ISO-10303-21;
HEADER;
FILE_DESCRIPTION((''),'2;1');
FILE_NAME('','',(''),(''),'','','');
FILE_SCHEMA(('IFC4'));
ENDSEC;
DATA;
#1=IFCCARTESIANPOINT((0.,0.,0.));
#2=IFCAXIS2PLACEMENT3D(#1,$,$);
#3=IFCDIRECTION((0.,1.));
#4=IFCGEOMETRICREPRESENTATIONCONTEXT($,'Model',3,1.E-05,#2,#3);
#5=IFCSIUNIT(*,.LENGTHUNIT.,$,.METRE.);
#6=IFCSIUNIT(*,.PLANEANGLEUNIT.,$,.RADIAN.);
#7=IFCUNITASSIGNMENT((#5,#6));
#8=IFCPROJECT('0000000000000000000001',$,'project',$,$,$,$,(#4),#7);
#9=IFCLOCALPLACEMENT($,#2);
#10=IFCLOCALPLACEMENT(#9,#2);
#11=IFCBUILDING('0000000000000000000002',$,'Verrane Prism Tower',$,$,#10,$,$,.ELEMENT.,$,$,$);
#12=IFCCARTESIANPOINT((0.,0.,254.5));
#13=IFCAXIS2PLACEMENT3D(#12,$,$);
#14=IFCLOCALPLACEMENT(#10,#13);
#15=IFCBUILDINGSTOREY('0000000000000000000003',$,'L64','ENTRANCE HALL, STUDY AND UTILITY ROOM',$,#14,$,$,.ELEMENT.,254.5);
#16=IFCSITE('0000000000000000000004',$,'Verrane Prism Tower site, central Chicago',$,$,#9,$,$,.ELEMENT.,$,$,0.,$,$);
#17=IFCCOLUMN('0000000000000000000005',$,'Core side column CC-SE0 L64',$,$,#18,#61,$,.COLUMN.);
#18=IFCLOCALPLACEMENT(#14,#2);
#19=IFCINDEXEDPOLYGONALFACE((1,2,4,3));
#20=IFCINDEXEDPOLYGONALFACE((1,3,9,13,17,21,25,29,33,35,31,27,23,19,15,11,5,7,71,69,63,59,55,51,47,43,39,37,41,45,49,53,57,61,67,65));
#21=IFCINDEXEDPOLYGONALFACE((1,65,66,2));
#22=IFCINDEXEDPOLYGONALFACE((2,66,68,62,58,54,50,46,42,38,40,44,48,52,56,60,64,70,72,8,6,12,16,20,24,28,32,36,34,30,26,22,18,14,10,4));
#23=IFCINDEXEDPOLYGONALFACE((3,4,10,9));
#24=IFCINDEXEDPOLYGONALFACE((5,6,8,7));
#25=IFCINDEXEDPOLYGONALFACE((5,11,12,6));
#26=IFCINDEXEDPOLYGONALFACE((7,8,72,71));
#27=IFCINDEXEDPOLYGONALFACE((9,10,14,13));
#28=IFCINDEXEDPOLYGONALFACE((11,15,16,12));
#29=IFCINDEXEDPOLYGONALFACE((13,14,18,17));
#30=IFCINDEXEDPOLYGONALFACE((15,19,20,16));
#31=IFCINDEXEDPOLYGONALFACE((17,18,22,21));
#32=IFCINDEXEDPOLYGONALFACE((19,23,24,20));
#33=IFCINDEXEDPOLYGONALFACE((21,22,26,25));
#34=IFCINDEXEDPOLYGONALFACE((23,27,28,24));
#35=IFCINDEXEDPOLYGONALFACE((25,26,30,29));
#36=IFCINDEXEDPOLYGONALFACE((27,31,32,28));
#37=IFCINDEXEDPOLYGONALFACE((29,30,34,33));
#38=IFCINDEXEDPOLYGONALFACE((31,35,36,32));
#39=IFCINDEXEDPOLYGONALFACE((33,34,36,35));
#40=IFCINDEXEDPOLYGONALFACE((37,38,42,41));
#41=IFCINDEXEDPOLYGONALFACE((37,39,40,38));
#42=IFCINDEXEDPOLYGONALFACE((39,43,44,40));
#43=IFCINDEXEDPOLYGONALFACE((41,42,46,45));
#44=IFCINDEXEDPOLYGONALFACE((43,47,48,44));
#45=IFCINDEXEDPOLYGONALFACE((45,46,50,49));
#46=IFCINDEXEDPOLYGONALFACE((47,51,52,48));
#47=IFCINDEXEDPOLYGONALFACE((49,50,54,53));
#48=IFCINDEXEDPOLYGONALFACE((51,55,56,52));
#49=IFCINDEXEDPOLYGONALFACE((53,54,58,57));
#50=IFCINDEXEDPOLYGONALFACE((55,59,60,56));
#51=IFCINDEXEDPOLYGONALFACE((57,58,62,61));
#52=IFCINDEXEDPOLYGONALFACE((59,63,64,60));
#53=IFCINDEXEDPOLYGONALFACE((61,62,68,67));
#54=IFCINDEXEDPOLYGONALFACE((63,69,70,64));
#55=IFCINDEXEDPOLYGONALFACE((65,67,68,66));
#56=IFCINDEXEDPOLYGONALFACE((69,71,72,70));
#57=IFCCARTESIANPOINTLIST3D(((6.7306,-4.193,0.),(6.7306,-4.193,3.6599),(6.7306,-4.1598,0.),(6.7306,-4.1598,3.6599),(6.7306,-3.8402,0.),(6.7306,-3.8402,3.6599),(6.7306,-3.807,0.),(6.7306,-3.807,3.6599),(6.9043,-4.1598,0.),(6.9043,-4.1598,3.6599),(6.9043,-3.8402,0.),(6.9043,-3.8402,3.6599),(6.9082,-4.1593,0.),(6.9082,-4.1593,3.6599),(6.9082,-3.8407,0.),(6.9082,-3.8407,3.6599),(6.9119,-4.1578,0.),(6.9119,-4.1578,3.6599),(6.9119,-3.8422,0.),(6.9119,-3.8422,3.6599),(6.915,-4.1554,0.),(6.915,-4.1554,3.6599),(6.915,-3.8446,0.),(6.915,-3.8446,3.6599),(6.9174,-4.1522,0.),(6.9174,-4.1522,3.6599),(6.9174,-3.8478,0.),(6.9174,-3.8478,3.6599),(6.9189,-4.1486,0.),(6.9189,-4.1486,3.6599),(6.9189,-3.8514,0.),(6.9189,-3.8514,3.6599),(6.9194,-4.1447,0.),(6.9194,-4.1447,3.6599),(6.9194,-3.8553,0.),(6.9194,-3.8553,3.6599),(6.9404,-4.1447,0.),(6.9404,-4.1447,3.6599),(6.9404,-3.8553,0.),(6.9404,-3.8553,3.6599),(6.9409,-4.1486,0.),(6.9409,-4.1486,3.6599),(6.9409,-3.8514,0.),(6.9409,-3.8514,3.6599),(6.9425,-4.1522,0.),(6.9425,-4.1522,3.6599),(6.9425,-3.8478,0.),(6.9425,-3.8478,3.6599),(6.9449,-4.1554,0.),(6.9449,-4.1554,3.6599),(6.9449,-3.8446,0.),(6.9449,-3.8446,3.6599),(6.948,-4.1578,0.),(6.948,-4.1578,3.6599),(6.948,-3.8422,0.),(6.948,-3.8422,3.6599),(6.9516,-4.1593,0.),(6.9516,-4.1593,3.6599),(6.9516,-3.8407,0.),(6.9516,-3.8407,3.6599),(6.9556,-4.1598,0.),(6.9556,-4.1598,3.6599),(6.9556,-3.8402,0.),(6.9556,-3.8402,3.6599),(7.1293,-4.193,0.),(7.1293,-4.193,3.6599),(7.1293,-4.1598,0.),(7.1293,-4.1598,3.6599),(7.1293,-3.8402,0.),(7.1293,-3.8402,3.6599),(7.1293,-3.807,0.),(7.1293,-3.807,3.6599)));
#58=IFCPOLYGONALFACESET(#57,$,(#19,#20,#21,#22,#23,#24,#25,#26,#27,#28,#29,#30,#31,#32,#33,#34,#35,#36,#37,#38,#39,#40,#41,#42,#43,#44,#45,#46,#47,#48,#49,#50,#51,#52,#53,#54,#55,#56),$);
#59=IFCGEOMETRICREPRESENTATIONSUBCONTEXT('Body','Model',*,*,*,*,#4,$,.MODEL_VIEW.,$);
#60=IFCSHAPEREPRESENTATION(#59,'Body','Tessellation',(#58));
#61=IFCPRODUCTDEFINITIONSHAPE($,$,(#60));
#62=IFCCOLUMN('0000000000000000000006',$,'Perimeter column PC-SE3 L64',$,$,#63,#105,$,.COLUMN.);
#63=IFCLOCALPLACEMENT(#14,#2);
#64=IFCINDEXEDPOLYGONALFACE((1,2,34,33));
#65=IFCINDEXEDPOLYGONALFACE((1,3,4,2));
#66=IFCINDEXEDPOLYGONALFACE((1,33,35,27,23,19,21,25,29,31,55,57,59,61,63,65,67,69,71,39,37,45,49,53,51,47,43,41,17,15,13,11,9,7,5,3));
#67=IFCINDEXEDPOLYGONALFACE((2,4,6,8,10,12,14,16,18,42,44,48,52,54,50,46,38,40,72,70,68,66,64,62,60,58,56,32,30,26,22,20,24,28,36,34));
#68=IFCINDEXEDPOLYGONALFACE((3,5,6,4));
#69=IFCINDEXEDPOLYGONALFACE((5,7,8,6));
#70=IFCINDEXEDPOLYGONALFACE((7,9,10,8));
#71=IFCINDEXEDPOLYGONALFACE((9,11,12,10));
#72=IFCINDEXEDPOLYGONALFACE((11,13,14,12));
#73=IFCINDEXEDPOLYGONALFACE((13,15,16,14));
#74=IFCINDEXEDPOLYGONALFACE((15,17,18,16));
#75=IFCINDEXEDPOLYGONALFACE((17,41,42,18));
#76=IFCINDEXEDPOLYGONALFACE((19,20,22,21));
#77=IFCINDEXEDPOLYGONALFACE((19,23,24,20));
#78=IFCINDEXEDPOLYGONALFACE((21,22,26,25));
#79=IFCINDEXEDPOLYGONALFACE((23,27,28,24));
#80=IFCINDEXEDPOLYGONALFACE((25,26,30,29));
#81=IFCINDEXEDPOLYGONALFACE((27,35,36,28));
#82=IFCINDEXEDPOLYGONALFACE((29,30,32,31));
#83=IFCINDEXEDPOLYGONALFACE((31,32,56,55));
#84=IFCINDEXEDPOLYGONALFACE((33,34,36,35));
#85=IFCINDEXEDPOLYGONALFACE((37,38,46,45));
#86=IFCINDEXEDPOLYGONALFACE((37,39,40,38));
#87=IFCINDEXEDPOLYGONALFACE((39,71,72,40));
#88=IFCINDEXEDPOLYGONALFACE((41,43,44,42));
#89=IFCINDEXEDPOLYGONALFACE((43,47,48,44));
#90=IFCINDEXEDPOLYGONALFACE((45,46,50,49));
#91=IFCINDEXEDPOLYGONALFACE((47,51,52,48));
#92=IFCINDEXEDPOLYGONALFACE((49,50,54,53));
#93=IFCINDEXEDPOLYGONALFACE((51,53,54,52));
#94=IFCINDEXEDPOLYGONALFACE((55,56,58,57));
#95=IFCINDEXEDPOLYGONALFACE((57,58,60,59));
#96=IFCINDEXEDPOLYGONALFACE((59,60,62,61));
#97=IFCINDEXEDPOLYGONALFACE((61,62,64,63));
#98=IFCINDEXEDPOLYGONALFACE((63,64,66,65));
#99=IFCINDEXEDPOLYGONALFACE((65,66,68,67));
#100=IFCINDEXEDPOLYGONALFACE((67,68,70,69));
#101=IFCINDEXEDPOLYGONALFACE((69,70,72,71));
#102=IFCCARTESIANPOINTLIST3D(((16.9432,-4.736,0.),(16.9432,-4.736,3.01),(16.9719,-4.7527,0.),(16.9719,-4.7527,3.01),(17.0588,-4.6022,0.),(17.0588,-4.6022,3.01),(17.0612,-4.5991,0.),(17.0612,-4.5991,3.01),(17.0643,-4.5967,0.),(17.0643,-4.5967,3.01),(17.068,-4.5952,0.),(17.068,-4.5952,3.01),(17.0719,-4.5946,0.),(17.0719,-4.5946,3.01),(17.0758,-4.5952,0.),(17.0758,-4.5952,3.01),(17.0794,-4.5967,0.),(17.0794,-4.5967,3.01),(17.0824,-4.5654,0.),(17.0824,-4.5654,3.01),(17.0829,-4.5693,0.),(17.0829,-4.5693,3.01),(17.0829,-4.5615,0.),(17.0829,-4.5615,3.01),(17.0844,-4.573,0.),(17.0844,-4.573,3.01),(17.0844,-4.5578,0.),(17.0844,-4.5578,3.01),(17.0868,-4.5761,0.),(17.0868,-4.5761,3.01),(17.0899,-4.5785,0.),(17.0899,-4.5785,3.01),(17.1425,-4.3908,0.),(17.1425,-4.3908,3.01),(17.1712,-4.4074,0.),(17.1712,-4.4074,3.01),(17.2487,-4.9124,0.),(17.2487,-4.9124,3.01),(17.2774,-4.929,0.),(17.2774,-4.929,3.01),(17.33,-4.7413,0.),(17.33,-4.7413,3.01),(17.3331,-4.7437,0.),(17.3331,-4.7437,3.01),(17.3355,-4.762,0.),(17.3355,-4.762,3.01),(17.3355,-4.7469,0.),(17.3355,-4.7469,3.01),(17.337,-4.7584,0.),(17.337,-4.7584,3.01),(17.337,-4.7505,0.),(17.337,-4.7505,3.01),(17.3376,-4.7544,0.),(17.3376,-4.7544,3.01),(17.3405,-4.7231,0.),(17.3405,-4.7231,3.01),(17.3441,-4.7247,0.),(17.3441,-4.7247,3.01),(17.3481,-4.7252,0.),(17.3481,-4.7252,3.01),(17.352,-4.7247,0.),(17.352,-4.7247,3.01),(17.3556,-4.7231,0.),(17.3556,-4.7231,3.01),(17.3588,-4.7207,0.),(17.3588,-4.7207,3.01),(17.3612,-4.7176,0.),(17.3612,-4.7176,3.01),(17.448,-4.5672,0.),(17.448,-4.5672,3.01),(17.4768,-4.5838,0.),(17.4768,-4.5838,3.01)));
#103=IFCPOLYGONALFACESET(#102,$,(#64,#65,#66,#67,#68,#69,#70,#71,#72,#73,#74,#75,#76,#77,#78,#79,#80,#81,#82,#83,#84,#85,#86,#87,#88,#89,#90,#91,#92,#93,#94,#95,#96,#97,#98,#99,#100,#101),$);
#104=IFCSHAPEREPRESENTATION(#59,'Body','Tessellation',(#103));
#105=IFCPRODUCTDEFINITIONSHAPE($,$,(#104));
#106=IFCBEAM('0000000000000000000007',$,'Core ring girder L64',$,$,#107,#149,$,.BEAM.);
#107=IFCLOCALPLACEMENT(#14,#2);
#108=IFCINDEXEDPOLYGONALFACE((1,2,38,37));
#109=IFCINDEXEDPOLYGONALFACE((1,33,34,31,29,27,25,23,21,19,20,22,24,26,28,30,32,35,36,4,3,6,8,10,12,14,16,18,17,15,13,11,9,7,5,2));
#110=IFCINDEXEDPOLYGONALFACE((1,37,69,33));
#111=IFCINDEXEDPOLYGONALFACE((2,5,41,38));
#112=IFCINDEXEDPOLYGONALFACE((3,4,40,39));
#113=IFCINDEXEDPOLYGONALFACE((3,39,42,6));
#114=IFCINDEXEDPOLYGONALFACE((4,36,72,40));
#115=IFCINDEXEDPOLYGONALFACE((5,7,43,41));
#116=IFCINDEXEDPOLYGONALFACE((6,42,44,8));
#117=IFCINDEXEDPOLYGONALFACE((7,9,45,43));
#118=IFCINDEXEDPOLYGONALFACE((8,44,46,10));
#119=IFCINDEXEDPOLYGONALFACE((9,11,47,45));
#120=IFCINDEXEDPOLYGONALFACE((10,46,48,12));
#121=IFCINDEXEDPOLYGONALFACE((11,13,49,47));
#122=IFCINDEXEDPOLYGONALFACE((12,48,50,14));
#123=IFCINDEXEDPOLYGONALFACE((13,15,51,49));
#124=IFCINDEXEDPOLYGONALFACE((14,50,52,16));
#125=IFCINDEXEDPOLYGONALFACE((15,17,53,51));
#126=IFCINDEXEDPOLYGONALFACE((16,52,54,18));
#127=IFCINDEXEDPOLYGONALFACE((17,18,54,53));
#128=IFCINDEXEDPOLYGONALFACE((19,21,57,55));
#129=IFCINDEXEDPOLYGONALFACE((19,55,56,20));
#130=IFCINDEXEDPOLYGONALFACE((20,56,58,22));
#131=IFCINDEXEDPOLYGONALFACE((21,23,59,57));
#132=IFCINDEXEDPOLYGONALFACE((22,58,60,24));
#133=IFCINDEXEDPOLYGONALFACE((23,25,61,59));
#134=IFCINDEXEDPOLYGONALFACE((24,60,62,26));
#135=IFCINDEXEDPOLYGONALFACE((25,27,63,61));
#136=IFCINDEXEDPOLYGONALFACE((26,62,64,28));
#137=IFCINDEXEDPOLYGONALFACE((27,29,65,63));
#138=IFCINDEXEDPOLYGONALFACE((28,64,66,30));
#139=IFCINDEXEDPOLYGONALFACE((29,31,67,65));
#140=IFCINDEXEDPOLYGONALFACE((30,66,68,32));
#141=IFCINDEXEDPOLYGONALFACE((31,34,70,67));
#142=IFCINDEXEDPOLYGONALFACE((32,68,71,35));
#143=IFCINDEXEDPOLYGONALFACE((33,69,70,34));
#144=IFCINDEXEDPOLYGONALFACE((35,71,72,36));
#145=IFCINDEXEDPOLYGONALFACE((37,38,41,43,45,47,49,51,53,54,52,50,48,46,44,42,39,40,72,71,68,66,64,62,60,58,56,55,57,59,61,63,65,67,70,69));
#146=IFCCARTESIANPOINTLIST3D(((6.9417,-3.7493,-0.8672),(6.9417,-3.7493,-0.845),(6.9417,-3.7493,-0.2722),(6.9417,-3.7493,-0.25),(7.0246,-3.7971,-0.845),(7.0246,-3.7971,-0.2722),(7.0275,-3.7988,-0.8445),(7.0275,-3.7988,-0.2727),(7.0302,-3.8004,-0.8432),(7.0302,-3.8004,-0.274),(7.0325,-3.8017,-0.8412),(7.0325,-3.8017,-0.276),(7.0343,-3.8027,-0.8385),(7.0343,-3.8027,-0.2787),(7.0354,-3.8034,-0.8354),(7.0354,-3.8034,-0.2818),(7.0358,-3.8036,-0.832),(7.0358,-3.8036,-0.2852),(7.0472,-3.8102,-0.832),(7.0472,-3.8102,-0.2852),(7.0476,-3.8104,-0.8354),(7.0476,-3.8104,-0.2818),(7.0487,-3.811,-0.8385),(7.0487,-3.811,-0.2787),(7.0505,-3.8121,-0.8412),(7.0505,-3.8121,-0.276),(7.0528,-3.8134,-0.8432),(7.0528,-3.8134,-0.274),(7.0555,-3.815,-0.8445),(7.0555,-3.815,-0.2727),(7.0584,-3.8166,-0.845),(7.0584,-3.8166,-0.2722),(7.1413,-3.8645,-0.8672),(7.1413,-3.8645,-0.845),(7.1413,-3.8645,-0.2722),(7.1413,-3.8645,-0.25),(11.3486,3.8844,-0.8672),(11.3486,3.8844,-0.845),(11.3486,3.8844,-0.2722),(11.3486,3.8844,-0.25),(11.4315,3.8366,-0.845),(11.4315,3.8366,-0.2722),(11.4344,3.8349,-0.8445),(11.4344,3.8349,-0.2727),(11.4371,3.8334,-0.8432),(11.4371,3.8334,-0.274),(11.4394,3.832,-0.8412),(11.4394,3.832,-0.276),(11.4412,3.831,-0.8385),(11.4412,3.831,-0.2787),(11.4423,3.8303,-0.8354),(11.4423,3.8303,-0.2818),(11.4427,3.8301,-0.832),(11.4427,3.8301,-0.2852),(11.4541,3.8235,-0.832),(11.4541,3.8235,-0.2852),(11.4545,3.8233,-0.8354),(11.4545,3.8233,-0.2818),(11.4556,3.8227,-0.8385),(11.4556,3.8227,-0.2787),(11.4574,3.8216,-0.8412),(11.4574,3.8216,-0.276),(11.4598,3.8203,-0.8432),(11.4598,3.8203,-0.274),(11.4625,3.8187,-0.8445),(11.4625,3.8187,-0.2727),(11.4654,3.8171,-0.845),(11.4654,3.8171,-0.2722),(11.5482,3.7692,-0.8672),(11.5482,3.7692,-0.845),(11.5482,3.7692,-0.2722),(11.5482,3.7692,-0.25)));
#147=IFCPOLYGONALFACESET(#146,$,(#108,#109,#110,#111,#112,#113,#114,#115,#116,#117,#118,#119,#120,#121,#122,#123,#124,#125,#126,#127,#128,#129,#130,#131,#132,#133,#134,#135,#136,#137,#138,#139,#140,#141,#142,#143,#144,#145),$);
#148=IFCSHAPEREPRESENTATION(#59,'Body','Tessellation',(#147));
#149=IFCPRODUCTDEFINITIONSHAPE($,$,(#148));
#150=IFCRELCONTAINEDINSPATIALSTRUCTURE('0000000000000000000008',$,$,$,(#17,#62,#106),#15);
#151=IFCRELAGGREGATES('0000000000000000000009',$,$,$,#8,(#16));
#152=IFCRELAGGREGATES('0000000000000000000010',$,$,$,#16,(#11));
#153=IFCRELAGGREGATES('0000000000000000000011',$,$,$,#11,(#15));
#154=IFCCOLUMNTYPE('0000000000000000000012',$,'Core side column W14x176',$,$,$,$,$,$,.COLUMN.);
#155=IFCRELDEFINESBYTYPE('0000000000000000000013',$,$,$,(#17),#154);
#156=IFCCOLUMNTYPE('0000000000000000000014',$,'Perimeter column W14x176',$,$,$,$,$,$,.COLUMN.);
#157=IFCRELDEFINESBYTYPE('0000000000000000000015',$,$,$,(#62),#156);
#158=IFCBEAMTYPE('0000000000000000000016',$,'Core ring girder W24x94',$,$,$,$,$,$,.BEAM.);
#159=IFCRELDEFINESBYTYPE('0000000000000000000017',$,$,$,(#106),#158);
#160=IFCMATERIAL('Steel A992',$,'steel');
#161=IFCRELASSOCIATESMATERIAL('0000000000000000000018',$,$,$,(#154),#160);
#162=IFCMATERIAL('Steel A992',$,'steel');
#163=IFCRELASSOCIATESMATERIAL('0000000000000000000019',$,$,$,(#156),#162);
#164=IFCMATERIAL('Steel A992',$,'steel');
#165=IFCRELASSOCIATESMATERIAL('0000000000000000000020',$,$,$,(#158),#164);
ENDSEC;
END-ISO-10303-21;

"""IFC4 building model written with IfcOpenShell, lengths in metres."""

from ifc_helpers import new_model, si_unit, direction, frame, origin, origin_2d, place, context, subcontext, project, spatial, i_section, extrude, material, material_profile, profile_set, type_object, element, save


model = new_model("IFC4")

# Units and contexts
model_context = context("Model", 3, precision=1e-05, world=origin(), true_north=direction((0.0, 1.0)))
body_context = subcontext(model_context, "Body", "Model", "MODEL_VIEW")
ifc_project = project(units=[si_unit("LENGTHUNIT", "METRE"), si_unit("PLANEANGLEUNIT", "RADIAN")], contexts=[model_context])

# Site, building, storey
site_placement = place(None, origin())
site = spatial("IfcSite", under=ifc_project, at=site_placement, Name="Verrane Prism Tower site, central Chicago", CompositionType="ELEMENT", RefElevation=0.0)
building_placement = place(site_placement, origin())
building = spatial("IfcBuilding", under=site, at=building_placement, Name="Verrane Prism Tower", CompositionType="ELEMENT")
storey_placement = place(building_placement, frame((0.0, 0.0, 254.5)))
storey = spatial("IfcBuildingStorey", under=building, at=storey_placement, Name="L64", Description="ENTRANCE HALL, STUDY AND UTILITY ROOM", CompositionType="ELEMENT", Elevation=254.5)

# Columns
ifc_material_1 = material(Name="Steel A992", Category="steel")
ifc_material_profile_1 = material_profile(ifc_material_1, i_section(OverallWidth=0.3987, OverallDepth=0.386, WebThickness=0.021, FlangeThickness=0.0332, FilletRadius=0.0151, at=origin_2d()), Name="W14x176")
ifc_profile_set_1 = profile_set([ifc_material_profile_1], Name="Steel A992")
column_type_1 = type_object("IfcColumnType", Name="Core side column W14x176", PredefinedType="COLUMN", material=ifc_profile_set_1)
column_1_placement = place(storey_placement, frame((6.9299, -4.0, 0.0), z_axis=(0.0, 0.0, 1.0), x_axis=(1.0, 0.0, 0.0)))
element("IfcColumn", 1, at=column_1_placement, inside=storey, type_object=column_type_1, Name="Core side column CC-SE0 L64", PredefinedType="COLUMN", context=body_context, shape_type="SweptSolid", body=[
    extrude(i_section(OverallWidth=0.3987, OverallDepth=0.386, WebThickness=0.021, FlangeThickness=0.0332, FilletRadius=0.0151, at=origin_2d()), origin(), (0.0, 0.0, 1.0), 3.6599),
])
ifc_material_2 = material(Name="Steel A992", Category="steel")
ifc_material_profile_2 = material_profile(ifc_material_2, i_section(OverallWidth=0.3987, OverallDepth=0.386, WebThickness=0.021, FlangeThickness=0.0332, FilletRadius=0.0151, at=origin_2d()), Name="W14x176")
ifc_profile_set_2 = profile_set([ifc_material_profile_2], Name="Steel A992")
column_type_2 = type_object("IfcColumnType", Name="Perimeter column W14x176", PredefinedType="COLUMN", material=ifc_profile_set_2)
column_2_placement = place(storey_placement, frame((17.21, -4.6599, 0.0), z_axis=(0.0, 0.0, 1.0), x_axis=(-0.5, -0.866025, 0.0)))
element("IfcColumn", 2, at=column_2_placement, inside=storey, type_object=column_type_2, Name="Perimeter column PC-SE3 L64", PredefinedType="COLUMN", context=body_context, shape_type="SweptSolid", body=[
    extrude(i_section(OverallWidth=0.3987, OverallDepth=0.386, WebThickness=0.021, FlangeThickness=0.0332, FilletRadius=0.0151, at=origin_2d()), origin(), (0.0, 0.0, 1.0), 3.01),
])

# Beam
ifc_material_3 = material(Name="Steel A992", Category="steel")
ifc_material_profile_3 = material_profile(ifc_material_3, i_section(OverallWidth=0.2305, OverallDepth=0.6172, WebThickness=0.0132, FlangeThickness=0.0222, FilletRadius=0.0129, at=origin_2d()), Name="W24x94")
ifc_profile_set_3 = profile_set([ifc_material_profile_3], Name="Steel A992")
beam_type_1 = type_object("IfcBeamType", Name="Core ring girder W24x94", PredefinedType="BEAM", material=ifc_profile_set_3)
beam_1_placement = place(storey_placement, frame((7.0415, -3.8069, -0.5586), z_axis=(0.499967, 0.866044, 0.0), x_axis=(-0.866044, 0.499967, 0.0)))
element("IfcBeam", 3, at=beam_1_placement, inside=storey, type_object=beam_type_1, Name="Core ring girder L64", PredefinedType="BEAM", context=body_context, shape_type="SweptSolid", body=[
    extrude(i_section(OverallWidth=0.2305, OverallDepth=0.6172, WebThickness=0.0132, FlangeThickness=0.0222, FilletRadius=0.0129, at=origin_2d()), origin(), (0.0, 0.0, 1.0), 8.8145),
])

save(model, "model.ifc")
